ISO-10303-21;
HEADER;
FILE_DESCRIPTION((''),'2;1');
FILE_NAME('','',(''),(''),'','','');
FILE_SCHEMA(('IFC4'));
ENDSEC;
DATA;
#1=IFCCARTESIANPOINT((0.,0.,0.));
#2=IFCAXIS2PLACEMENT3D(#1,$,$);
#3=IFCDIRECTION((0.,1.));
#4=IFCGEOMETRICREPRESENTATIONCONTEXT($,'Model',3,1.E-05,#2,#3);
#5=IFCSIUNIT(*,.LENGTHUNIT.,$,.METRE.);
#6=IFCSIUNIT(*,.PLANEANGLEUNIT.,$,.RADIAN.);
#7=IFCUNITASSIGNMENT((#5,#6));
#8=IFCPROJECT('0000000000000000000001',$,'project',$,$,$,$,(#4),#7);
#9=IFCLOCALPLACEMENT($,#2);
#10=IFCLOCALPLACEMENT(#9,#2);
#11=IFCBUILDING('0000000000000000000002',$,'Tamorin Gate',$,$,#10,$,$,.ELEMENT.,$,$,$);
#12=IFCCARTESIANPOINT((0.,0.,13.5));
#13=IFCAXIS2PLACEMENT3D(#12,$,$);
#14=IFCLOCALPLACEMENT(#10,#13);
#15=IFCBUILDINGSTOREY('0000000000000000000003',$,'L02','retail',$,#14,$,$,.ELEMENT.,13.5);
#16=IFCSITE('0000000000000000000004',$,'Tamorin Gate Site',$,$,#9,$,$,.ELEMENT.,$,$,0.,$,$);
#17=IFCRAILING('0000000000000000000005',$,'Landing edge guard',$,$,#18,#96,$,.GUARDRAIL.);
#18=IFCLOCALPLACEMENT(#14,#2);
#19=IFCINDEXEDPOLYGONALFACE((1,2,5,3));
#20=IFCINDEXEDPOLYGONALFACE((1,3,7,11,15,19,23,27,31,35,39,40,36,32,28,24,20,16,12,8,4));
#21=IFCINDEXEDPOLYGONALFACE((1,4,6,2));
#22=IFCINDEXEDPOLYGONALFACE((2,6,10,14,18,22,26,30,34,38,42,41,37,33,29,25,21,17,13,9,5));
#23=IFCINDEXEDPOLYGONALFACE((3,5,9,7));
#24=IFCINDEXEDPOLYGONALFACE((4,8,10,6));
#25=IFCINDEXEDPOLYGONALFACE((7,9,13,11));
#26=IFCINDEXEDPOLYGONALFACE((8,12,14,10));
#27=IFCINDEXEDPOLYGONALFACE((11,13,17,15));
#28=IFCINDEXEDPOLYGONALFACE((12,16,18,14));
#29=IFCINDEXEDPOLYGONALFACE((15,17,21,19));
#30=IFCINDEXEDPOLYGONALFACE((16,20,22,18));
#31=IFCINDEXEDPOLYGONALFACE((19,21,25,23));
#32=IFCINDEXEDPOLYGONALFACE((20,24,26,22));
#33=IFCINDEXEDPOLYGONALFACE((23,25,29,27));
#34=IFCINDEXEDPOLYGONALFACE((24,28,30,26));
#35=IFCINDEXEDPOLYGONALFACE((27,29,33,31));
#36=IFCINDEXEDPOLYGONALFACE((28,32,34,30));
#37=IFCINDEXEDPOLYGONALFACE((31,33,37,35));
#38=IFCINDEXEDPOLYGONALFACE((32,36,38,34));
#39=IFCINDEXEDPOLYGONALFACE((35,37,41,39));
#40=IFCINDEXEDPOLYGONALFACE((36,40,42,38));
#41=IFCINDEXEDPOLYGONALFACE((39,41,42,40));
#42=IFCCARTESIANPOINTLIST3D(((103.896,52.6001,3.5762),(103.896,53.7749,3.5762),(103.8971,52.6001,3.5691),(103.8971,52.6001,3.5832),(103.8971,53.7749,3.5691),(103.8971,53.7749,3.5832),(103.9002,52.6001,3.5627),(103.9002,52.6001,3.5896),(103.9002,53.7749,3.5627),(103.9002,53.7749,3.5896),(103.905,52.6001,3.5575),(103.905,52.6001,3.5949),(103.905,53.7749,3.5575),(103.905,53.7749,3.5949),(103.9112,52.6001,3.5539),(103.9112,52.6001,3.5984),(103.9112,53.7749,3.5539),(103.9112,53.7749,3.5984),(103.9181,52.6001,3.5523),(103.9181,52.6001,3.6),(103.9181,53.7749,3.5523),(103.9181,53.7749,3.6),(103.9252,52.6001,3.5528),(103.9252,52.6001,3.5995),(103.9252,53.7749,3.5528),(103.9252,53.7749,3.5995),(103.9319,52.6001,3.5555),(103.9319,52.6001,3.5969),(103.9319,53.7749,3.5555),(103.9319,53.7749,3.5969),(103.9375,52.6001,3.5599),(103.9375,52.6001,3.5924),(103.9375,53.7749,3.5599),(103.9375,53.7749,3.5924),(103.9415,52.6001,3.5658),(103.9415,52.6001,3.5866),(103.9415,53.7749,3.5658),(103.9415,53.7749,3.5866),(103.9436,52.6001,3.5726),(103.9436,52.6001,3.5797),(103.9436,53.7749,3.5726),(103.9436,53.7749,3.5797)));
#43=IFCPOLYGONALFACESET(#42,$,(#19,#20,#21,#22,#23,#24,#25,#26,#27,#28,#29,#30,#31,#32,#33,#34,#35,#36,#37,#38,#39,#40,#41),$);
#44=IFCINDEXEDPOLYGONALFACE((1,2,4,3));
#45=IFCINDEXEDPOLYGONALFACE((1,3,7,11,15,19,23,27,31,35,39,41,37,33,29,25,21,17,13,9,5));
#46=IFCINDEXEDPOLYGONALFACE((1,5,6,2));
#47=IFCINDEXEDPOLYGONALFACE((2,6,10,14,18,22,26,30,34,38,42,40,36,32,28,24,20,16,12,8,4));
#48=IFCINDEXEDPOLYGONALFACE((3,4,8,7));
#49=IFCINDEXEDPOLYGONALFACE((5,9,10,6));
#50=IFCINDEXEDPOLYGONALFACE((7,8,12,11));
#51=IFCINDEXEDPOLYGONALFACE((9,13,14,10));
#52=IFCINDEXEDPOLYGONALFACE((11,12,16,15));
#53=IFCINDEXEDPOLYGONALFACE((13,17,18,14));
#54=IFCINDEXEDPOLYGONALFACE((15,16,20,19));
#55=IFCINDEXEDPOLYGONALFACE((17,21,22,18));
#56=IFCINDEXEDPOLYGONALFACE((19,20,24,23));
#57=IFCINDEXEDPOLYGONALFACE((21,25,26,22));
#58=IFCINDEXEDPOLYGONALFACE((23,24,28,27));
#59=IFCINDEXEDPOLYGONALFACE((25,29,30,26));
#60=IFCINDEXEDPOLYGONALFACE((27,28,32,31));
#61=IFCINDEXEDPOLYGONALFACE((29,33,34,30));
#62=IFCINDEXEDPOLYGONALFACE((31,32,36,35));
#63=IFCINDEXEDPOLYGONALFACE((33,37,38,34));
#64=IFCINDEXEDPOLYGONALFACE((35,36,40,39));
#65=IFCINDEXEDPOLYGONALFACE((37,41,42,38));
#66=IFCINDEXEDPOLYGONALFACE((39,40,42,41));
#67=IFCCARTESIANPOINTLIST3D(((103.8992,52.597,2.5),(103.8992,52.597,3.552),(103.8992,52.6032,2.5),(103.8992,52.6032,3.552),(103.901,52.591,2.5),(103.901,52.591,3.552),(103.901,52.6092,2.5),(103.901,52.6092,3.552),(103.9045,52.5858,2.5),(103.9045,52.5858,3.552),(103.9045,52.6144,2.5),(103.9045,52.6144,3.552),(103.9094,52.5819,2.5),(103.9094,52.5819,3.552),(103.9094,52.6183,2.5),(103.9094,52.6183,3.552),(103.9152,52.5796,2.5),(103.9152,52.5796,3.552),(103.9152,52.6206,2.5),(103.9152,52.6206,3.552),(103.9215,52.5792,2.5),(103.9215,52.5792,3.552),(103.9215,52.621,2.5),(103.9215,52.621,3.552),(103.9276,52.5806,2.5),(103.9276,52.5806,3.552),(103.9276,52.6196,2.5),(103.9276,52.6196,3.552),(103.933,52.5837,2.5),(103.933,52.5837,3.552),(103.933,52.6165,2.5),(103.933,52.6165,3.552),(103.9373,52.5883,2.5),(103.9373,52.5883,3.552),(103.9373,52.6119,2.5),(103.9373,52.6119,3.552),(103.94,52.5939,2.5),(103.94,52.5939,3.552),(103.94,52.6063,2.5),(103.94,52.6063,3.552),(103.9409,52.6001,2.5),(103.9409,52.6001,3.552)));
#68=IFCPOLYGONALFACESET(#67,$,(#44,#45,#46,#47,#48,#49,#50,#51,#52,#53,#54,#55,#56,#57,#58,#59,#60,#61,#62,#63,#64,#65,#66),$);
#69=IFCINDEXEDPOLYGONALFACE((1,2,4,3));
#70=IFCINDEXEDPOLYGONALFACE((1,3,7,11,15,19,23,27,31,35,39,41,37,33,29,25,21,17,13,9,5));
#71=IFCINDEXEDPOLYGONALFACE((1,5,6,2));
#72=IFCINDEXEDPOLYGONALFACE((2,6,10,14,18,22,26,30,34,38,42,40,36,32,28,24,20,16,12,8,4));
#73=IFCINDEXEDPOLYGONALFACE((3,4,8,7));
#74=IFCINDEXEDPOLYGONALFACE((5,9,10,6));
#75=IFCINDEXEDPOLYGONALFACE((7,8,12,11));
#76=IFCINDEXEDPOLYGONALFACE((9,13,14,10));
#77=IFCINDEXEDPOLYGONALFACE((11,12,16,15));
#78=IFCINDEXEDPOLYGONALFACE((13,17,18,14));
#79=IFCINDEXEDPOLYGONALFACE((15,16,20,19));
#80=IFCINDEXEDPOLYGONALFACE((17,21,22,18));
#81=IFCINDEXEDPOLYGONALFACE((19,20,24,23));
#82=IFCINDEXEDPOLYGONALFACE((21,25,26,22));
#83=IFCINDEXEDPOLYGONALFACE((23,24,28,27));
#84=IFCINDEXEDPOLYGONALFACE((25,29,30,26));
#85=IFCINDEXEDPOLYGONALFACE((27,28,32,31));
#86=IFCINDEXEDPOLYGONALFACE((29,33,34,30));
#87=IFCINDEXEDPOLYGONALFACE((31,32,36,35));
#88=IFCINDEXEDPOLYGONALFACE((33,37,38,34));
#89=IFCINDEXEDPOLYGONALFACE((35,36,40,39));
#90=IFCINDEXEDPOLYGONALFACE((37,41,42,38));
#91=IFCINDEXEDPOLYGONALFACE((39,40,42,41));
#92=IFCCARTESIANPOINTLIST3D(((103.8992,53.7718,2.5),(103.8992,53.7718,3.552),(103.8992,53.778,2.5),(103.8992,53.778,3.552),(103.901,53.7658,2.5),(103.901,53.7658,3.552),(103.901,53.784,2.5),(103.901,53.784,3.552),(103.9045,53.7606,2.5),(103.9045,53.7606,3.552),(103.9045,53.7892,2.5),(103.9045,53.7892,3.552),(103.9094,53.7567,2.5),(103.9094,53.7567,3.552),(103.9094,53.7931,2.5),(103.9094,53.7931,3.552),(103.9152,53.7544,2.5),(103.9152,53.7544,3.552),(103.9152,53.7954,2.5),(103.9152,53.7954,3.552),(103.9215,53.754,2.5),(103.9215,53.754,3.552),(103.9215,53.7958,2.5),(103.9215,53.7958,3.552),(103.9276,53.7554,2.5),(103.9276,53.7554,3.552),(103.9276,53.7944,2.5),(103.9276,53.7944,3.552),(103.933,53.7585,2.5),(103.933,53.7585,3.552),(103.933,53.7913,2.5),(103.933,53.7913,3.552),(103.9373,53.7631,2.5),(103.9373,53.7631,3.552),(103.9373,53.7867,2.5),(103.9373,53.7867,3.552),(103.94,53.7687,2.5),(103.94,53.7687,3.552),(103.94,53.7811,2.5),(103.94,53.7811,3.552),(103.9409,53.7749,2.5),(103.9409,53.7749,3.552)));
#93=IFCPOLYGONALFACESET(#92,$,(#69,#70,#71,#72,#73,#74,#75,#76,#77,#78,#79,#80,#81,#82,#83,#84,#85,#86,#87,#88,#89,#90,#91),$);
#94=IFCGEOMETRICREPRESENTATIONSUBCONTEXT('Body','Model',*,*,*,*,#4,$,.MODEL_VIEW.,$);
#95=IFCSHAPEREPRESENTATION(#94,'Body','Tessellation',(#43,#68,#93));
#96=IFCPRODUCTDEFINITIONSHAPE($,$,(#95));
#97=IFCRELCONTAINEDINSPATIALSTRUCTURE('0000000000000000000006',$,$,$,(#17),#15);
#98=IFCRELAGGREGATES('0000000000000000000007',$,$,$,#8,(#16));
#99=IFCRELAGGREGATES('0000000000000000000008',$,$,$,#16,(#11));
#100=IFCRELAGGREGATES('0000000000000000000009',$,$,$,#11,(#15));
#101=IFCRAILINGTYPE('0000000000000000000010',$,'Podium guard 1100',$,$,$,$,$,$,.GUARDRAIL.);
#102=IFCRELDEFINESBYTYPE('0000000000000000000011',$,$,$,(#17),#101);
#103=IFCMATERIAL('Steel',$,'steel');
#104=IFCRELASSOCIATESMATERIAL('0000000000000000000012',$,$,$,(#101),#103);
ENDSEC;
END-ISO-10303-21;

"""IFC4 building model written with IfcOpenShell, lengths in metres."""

from ifc_helpers import new_model, si_unit, direction, frame, origin, origin_2d, place, context, subcontext, project, spatial, circle, extrude, material, type_object, element, save


model = new_model("IFC4")

# Units and contexts
model_context = context("Model", 3, precision=1e-05, world=origin(), true_north=direction((0.0, 1.0)))
body_context = subcontext(model_context, "Body", "Model", "MODEL_VIEW")
ifc_project = project(units=[si_unit("LENGTHUNIT", "METRE"), si_unit("PLANEANGLEUNIT", "RADIAN")], contexts=[model_context])

# Site, building, storey
site_placement = place(None, origin())
site = spatial("IfcSite", under=ifc_project, at=site_placement, Name="Tamorin Gate Site", CompositionType="ELEMENT", RefElevation=0.0)
building_placement = place(site_placement, origin())
building = spatial("IfcBuilding", under=site, at=building_placement, Name="Tamorin Gate", CompositionType="ELEMENT")
storey_placement = place(building_placement, frame((0.0, 0.0, 13.5)))
storey = spatial("IfcBuildingStorey", under=building, at=storey_placement, Name="L02", Description="retail", CompositionType="ELEMENT", Elevation=13.5)

# Railing
ifc_material_1 = material(Name="Steel", Category="steel")
railing_type = type_object("IfcRailingType", Name="Podium guard 1100", PredefinedType="GUARDRAIL", material=ifc_material_1)
railing_placement = place(storey_placement, frame((103.9199, 52.6001, 2.5)))
element("IfcRailing", 1, at=railing_placement, inside=storey, type_object=railing_type, Name="Landing edge guard", PredefinedType="GUARDRAIL", context=body_context, shape_type="SweptSolid", body=[
    extrude(circle(Radius=0.0239, at=origin_2d()), frame((0.0, 0.0, 1.0762), z_axis=(0.0, 1.0, 0.0), x_axis=(-1.0, 0.0, 0.0)), (0.0, 0.0, 1.0), 1.1748),
    extrude(circle(Radius=0.021, at=origin_2d()), origin(), (0.0, 0.0, 1.0), 1.052),
    extrude(circle(Radius=0.021, at=origin_2d()), frame((0.0, 1.1748, 0.0)), (0.0, 0.0, 1.0), 1.052),
])

save(model, "model.ifc")
